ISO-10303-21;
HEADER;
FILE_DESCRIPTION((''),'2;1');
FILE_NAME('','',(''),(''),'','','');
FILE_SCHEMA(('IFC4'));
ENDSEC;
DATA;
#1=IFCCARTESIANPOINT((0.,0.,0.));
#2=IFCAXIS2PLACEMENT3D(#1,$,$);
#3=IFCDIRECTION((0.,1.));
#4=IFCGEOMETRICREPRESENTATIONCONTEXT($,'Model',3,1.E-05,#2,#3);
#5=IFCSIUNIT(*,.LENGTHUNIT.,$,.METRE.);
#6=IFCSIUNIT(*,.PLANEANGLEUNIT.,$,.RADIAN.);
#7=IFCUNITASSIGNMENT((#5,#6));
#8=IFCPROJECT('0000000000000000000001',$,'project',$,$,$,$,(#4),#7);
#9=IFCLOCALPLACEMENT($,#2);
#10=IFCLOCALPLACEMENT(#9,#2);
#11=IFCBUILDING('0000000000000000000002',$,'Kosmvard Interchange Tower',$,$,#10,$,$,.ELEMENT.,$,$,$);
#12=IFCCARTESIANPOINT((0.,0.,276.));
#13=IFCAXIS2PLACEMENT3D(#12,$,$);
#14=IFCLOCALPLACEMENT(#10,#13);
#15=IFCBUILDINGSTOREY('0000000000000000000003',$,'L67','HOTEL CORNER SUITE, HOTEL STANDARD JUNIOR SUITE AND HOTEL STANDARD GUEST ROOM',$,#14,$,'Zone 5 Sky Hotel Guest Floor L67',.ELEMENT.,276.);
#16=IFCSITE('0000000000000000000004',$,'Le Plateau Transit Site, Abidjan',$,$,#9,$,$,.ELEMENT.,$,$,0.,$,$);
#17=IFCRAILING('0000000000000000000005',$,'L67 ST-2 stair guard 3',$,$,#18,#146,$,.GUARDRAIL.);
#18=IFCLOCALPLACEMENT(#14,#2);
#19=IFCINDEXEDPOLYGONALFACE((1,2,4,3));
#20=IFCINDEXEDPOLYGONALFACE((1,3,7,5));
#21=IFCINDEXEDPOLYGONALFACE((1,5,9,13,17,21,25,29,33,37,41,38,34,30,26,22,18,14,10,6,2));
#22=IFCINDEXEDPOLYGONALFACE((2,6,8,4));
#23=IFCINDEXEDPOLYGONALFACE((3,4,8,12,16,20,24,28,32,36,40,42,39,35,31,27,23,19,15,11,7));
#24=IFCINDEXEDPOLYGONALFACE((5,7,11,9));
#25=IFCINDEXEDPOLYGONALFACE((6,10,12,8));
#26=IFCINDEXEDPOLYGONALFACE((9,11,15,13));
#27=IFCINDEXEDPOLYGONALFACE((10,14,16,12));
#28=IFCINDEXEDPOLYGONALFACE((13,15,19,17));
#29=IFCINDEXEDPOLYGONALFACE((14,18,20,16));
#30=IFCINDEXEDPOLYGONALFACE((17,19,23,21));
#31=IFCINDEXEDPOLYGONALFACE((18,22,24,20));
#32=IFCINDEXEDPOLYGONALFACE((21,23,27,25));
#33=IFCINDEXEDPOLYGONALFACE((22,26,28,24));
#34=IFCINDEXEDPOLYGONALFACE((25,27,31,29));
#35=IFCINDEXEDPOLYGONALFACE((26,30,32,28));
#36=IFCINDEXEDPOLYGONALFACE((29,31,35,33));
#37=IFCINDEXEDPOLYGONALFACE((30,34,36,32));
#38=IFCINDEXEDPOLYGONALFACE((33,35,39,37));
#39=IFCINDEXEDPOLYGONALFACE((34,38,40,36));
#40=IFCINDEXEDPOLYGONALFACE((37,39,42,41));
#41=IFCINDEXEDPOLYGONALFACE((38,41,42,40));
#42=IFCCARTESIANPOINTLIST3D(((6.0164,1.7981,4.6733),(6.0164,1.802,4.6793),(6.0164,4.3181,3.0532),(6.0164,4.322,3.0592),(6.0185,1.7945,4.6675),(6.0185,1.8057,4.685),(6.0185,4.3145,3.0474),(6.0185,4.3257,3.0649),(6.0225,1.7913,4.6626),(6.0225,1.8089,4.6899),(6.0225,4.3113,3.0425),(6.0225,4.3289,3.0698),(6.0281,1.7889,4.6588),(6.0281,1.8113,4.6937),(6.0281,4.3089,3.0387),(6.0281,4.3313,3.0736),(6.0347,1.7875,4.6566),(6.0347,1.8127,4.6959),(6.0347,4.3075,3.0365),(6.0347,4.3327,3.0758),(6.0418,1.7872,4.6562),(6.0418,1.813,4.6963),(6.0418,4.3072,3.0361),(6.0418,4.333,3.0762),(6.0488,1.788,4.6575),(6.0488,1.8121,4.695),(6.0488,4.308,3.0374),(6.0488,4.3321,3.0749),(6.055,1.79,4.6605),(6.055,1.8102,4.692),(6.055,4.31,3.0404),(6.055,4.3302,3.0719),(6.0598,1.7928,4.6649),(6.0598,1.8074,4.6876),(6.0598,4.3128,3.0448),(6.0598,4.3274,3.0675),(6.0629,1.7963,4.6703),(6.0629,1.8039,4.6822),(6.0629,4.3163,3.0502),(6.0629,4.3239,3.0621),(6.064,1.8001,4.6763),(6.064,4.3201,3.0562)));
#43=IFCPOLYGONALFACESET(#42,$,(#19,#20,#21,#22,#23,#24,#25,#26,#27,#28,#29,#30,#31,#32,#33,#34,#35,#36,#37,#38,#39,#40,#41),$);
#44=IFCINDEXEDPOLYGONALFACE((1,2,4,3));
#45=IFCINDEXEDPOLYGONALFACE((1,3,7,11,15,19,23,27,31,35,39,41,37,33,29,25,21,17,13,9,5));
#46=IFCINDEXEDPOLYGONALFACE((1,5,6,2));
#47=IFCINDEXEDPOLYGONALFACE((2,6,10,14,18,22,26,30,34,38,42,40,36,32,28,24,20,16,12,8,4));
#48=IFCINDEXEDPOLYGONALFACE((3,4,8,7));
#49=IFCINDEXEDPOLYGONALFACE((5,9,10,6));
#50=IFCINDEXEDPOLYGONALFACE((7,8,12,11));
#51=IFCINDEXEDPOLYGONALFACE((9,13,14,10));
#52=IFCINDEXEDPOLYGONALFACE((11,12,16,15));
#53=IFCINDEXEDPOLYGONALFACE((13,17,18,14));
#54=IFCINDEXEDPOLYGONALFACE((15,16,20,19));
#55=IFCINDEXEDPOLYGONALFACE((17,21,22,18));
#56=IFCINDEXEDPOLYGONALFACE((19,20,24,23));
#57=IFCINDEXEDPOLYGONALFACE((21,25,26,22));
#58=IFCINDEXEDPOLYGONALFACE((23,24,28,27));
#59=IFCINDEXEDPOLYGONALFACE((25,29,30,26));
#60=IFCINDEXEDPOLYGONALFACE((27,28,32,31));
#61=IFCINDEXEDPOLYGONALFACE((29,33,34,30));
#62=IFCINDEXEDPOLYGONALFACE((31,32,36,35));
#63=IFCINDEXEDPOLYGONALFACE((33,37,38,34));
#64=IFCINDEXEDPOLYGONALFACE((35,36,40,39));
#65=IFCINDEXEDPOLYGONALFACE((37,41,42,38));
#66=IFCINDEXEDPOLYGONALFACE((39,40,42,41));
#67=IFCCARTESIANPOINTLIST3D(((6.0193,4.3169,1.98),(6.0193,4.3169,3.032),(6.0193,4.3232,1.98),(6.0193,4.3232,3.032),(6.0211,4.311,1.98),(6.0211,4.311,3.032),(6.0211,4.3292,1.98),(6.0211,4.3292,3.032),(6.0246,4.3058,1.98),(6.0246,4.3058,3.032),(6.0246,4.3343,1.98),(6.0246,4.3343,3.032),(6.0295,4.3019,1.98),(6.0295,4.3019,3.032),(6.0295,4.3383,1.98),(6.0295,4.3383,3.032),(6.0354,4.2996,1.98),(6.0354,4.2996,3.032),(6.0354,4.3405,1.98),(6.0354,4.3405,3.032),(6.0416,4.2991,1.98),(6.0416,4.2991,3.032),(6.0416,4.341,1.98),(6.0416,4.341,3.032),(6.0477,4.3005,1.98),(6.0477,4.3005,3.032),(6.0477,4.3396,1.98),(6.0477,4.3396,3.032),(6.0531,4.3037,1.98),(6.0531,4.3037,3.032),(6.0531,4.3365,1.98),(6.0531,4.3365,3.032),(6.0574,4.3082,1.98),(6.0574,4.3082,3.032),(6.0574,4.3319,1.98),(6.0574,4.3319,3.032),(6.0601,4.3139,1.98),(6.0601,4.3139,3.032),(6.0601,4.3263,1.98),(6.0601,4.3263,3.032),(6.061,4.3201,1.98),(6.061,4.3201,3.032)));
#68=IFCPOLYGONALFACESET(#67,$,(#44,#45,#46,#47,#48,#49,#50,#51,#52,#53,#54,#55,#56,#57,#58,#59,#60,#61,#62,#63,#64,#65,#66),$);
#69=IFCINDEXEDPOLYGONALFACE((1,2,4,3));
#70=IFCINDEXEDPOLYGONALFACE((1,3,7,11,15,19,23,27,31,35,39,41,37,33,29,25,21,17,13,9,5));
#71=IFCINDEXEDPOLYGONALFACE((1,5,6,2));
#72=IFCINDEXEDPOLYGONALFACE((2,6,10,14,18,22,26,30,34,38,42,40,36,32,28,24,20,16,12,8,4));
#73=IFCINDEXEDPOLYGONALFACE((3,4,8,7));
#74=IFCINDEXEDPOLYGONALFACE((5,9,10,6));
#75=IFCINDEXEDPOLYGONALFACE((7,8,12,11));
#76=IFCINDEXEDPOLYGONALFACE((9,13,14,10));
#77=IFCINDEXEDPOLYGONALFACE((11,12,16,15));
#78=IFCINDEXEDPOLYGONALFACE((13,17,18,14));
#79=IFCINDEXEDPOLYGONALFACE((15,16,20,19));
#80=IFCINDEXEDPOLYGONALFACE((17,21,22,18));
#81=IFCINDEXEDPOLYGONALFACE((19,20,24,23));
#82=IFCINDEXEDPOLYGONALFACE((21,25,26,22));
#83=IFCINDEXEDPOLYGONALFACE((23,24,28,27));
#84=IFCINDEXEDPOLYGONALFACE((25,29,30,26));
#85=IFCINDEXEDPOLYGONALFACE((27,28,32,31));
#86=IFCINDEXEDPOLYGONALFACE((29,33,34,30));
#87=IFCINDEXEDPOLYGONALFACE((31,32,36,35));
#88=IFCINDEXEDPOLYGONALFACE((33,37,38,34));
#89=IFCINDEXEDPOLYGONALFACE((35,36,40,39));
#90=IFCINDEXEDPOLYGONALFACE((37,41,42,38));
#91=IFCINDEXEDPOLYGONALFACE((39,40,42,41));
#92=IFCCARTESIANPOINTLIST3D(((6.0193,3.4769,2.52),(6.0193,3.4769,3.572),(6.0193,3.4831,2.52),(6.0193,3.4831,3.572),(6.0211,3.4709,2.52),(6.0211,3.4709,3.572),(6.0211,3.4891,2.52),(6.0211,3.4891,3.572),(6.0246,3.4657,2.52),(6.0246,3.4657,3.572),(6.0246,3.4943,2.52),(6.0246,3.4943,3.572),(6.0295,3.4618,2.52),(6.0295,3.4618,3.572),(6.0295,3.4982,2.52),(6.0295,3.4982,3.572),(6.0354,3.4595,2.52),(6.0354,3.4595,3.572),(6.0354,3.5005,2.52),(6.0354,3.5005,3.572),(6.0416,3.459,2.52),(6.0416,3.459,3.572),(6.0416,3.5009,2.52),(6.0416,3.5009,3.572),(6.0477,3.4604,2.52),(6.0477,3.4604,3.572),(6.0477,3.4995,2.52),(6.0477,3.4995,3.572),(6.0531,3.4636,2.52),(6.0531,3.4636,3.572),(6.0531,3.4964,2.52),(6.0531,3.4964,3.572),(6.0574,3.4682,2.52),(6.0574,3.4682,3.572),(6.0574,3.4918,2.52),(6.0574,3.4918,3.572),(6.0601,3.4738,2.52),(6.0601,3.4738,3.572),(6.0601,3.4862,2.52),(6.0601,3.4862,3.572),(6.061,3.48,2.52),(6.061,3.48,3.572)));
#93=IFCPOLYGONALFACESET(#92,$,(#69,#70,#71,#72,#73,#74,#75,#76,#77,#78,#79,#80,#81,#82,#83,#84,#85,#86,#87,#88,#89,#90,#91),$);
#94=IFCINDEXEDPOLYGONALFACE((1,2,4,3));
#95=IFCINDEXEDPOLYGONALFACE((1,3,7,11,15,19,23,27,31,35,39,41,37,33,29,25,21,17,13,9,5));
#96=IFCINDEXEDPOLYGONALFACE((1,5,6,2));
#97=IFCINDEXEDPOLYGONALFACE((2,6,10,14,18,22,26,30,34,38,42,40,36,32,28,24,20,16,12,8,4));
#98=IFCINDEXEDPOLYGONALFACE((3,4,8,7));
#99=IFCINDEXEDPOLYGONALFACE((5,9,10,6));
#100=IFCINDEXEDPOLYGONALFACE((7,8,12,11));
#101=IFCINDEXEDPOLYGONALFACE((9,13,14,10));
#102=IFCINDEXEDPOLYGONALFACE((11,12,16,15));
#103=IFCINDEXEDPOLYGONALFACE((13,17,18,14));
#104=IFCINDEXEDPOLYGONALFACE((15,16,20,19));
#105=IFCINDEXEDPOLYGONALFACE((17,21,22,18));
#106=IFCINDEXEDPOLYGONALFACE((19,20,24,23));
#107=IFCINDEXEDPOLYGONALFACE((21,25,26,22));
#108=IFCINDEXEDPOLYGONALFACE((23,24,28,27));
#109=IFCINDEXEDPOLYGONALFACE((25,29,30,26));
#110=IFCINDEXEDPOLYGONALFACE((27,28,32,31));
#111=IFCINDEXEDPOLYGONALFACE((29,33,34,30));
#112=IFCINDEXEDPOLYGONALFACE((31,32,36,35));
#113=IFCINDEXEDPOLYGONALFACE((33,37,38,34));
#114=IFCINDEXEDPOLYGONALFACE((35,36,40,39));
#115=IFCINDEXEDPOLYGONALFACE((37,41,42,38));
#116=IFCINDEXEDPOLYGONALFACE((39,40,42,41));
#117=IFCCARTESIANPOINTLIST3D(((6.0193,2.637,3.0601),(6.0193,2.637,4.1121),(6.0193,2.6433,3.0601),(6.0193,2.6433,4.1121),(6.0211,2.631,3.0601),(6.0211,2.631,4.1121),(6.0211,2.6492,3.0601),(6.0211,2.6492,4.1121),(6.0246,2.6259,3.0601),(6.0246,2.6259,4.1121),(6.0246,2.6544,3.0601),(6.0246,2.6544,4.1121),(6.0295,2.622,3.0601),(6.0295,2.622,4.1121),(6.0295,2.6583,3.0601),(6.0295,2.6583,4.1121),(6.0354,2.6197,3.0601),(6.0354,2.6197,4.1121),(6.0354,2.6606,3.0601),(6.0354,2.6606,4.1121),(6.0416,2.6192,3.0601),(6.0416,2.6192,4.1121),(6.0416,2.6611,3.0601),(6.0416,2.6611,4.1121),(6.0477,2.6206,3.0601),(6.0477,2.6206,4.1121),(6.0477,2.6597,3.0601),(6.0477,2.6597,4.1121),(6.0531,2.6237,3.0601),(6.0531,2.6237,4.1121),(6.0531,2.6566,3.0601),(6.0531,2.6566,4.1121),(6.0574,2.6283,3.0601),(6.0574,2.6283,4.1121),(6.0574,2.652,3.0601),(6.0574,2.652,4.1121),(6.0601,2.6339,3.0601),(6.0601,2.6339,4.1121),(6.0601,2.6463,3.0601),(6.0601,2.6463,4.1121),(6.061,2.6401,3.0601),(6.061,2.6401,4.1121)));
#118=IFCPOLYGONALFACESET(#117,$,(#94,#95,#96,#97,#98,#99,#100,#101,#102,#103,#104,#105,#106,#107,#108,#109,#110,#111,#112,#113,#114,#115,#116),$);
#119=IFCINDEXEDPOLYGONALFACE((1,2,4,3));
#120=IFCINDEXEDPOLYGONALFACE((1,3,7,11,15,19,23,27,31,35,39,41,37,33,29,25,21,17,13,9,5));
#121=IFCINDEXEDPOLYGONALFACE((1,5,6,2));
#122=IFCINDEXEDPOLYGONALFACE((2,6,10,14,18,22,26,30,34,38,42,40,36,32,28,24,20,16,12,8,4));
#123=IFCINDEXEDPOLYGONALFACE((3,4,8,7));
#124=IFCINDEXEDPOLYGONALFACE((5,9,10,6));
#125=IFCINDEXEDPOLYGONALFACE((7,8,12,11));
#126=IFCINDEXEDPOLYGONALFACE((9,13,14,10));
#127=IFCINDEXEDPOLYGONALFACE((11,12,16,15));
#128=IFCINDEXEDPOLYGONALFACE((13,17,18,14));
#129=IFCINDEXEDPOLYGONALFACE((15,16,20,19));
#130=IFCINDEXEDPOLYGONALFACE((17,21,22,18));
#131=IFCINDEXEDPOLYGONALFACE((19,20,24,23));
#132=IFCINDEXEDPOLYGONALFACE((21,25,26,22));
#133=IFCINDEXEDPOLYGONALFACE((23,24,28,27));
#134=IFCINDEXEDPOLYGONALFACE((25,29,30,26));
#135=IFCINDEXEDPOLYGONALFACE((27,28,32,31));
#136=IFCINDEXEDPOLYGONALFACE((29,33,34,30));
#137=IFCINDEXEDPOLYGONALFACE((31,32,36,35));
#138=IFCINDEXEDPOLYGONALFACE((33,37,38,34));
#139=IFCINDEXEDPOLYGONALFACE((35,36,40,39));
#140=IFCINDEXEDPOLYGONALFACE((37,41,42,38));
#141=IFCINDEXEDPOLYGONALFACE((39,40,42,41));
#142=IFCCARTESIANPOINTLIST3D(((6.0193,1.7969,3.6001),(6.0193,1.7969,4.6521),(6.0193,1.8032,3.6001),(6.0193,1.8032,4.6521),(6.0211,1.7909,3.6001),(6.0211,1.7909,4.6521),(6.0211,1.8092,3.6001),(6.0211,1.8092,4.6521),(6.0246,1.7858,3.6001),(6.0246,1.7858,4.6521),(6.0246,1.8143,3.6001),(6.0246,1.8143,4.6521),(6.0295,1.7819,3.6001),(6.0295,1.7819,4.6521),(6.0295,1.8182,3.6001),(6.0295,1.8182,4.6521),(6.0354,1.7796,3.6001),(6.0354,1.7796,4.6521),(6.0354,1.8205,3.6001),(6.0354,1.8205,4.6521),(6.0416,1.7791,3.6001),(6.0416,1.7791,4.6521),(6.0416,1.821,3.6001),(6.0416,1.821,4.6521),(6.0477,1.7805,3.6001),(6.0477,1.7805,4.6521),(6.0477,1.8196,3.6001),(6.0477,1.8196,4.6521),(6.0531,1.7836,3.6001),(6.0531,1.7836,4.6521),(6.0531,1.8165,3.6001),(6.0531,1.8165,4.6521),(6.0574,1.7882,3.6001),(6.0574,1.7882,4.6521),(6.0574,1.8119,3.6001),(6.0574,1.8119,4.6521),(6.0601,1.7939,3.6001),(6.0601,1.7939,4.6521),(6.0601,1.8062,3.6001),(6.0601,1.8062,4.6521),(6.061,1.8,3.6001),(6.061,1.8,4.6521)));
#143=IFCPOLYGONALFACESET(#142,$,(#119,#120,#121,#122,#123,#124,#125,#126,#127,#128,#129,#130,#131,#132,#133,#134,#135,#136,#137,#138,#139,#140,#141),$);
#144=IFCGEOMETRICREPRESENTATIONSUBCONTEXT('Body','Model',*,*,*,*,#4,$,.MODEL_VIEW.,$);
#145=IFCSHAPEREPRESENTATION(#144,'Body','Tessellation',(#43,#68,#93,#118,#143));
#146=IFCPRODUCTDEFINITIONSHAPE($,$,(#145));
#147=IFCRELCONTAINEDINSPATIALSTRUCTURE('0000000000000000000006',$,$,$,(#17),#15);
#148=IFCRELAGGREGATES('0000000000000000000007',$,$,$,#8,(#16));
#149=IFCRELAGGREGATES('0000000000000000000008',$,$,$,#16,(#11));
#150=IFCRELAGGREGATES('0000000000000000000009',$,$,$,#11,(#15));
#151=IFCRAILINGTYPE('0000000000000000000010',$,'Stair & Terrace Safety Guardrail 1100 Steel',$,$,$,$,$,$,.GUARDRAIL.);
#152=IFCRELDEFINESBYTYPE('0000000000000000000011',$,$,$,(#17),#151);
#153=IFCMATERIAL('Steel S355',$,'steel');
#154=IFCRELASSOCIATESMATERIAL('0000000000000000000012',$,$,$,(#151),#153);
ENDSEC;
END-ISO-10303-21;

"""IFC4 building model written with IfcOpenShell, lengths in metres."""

from ifc_helpers import new_model, si_unit, direction, frame, origin, origin_2d, place, context, subcontext, project, spatial, circle, extrude, source, transform, mapped, material, type_object, element, save


model = new_model("IFC4")

# Units and contexts
model_context = context("Model", 3, precision=1e-05, world=origin(), true_north=direction((0.0, 1.0)))
body_context = subcontext(model_context, "Body", "Model", "MODEL_VIEW")
ifc_project = project(units=[si_unit("LENGTHUNIT", "METRE"), si_unit("PLANEANGLEUNIT", "RADIAN")], contexts=[model_context])

# Site, building, storey
site_placement = place(None, origin())
site = spatial("IfcSite", under=ifc_project, at=site_placement, Name="Le Plateau Transit Site, Abidjan", CompositionType="ELEMENT", RefElevation=0.0)
building_placement = place(site_placement, origin())
building = spatial("IfcBuilding", under=site, at=building_placement, Name="Kosmvard Interchange Tower", CompositionType="ELEMENT")
storey_placement = place(building_placement, frame((0.0, 0.0, 276.0)))
storey = spatial("IfcBuildingStorey", under=building, at=storey_placement, Name="L67", Description="HOTEL CORNER SUITE, HOTEL STANDARD JUNIOR SUITE AND HOTEL STANDARD GUEST ROOM", LongName="Zone 5 Sky Hotel Guest Floor L67", CompositionType="ELEMENT", Elevation=276.0)

# Shared definitions
ifc_material_1 = material(Name="Steel S355", Category="steel")

# Railing
railing_type_1 = type_object("IfcRailingType", Name="Stair & Terrace Safety Guardrail 1100 Steel", PredefinedType="GUARDRAIL", material=ifc_material_1)
shared_shape_1 = source(origin(), body_context, "Body", "SweptSolid", [
    extrude(circle(Radius=0.0239, at=origin_2d()), frame((0.0, 0.0, 1.0762), z_axis=(0.0, -0.841163, 0.540782), x_axis=(1.0, 0.0, 0.0)), (0.0, 0.0, 1.0), 2.9958),
    extrude(circle(Radius=0.021, at=origin_2d()), origin(), (0.0, 0.0, 1.0), 1.052),
    extrude(circle(Radius=0.021, at=origin_2d()), frame((0.0, -0.8401, 0.54)), (0.0, 0.0, 1.0), 1.052),
    extrude(circle(Radius=0.021, at=origin_2d()), frame((0.0, -1.6799, 1.0801)), (0.0, 0.0, 1.0), 1.052),
    extrude(circle(Radius=0.021, at=origin_2d()), frame((0.0, -2.52, 1.6201)), (0.0, 0.0, 1.0), 1.052),
])
railing_1_placement = place(storey_placement, frame((6.04, 4.3201, 1.98)))
element("IfcRailing", 1, at=railing_1_placement, inside=storey, type_object=railing_type_1, Name="L67 ST-2 stair guard 3", PredefinedType="GUARDRAIL", context=body_context, shape_type="MappedRepresentation", body=[
    mapped(shared_shape_1, transform((0.0, 0.0, 0.0), scale=1.0)),
])

save(model, "model.ifc")
